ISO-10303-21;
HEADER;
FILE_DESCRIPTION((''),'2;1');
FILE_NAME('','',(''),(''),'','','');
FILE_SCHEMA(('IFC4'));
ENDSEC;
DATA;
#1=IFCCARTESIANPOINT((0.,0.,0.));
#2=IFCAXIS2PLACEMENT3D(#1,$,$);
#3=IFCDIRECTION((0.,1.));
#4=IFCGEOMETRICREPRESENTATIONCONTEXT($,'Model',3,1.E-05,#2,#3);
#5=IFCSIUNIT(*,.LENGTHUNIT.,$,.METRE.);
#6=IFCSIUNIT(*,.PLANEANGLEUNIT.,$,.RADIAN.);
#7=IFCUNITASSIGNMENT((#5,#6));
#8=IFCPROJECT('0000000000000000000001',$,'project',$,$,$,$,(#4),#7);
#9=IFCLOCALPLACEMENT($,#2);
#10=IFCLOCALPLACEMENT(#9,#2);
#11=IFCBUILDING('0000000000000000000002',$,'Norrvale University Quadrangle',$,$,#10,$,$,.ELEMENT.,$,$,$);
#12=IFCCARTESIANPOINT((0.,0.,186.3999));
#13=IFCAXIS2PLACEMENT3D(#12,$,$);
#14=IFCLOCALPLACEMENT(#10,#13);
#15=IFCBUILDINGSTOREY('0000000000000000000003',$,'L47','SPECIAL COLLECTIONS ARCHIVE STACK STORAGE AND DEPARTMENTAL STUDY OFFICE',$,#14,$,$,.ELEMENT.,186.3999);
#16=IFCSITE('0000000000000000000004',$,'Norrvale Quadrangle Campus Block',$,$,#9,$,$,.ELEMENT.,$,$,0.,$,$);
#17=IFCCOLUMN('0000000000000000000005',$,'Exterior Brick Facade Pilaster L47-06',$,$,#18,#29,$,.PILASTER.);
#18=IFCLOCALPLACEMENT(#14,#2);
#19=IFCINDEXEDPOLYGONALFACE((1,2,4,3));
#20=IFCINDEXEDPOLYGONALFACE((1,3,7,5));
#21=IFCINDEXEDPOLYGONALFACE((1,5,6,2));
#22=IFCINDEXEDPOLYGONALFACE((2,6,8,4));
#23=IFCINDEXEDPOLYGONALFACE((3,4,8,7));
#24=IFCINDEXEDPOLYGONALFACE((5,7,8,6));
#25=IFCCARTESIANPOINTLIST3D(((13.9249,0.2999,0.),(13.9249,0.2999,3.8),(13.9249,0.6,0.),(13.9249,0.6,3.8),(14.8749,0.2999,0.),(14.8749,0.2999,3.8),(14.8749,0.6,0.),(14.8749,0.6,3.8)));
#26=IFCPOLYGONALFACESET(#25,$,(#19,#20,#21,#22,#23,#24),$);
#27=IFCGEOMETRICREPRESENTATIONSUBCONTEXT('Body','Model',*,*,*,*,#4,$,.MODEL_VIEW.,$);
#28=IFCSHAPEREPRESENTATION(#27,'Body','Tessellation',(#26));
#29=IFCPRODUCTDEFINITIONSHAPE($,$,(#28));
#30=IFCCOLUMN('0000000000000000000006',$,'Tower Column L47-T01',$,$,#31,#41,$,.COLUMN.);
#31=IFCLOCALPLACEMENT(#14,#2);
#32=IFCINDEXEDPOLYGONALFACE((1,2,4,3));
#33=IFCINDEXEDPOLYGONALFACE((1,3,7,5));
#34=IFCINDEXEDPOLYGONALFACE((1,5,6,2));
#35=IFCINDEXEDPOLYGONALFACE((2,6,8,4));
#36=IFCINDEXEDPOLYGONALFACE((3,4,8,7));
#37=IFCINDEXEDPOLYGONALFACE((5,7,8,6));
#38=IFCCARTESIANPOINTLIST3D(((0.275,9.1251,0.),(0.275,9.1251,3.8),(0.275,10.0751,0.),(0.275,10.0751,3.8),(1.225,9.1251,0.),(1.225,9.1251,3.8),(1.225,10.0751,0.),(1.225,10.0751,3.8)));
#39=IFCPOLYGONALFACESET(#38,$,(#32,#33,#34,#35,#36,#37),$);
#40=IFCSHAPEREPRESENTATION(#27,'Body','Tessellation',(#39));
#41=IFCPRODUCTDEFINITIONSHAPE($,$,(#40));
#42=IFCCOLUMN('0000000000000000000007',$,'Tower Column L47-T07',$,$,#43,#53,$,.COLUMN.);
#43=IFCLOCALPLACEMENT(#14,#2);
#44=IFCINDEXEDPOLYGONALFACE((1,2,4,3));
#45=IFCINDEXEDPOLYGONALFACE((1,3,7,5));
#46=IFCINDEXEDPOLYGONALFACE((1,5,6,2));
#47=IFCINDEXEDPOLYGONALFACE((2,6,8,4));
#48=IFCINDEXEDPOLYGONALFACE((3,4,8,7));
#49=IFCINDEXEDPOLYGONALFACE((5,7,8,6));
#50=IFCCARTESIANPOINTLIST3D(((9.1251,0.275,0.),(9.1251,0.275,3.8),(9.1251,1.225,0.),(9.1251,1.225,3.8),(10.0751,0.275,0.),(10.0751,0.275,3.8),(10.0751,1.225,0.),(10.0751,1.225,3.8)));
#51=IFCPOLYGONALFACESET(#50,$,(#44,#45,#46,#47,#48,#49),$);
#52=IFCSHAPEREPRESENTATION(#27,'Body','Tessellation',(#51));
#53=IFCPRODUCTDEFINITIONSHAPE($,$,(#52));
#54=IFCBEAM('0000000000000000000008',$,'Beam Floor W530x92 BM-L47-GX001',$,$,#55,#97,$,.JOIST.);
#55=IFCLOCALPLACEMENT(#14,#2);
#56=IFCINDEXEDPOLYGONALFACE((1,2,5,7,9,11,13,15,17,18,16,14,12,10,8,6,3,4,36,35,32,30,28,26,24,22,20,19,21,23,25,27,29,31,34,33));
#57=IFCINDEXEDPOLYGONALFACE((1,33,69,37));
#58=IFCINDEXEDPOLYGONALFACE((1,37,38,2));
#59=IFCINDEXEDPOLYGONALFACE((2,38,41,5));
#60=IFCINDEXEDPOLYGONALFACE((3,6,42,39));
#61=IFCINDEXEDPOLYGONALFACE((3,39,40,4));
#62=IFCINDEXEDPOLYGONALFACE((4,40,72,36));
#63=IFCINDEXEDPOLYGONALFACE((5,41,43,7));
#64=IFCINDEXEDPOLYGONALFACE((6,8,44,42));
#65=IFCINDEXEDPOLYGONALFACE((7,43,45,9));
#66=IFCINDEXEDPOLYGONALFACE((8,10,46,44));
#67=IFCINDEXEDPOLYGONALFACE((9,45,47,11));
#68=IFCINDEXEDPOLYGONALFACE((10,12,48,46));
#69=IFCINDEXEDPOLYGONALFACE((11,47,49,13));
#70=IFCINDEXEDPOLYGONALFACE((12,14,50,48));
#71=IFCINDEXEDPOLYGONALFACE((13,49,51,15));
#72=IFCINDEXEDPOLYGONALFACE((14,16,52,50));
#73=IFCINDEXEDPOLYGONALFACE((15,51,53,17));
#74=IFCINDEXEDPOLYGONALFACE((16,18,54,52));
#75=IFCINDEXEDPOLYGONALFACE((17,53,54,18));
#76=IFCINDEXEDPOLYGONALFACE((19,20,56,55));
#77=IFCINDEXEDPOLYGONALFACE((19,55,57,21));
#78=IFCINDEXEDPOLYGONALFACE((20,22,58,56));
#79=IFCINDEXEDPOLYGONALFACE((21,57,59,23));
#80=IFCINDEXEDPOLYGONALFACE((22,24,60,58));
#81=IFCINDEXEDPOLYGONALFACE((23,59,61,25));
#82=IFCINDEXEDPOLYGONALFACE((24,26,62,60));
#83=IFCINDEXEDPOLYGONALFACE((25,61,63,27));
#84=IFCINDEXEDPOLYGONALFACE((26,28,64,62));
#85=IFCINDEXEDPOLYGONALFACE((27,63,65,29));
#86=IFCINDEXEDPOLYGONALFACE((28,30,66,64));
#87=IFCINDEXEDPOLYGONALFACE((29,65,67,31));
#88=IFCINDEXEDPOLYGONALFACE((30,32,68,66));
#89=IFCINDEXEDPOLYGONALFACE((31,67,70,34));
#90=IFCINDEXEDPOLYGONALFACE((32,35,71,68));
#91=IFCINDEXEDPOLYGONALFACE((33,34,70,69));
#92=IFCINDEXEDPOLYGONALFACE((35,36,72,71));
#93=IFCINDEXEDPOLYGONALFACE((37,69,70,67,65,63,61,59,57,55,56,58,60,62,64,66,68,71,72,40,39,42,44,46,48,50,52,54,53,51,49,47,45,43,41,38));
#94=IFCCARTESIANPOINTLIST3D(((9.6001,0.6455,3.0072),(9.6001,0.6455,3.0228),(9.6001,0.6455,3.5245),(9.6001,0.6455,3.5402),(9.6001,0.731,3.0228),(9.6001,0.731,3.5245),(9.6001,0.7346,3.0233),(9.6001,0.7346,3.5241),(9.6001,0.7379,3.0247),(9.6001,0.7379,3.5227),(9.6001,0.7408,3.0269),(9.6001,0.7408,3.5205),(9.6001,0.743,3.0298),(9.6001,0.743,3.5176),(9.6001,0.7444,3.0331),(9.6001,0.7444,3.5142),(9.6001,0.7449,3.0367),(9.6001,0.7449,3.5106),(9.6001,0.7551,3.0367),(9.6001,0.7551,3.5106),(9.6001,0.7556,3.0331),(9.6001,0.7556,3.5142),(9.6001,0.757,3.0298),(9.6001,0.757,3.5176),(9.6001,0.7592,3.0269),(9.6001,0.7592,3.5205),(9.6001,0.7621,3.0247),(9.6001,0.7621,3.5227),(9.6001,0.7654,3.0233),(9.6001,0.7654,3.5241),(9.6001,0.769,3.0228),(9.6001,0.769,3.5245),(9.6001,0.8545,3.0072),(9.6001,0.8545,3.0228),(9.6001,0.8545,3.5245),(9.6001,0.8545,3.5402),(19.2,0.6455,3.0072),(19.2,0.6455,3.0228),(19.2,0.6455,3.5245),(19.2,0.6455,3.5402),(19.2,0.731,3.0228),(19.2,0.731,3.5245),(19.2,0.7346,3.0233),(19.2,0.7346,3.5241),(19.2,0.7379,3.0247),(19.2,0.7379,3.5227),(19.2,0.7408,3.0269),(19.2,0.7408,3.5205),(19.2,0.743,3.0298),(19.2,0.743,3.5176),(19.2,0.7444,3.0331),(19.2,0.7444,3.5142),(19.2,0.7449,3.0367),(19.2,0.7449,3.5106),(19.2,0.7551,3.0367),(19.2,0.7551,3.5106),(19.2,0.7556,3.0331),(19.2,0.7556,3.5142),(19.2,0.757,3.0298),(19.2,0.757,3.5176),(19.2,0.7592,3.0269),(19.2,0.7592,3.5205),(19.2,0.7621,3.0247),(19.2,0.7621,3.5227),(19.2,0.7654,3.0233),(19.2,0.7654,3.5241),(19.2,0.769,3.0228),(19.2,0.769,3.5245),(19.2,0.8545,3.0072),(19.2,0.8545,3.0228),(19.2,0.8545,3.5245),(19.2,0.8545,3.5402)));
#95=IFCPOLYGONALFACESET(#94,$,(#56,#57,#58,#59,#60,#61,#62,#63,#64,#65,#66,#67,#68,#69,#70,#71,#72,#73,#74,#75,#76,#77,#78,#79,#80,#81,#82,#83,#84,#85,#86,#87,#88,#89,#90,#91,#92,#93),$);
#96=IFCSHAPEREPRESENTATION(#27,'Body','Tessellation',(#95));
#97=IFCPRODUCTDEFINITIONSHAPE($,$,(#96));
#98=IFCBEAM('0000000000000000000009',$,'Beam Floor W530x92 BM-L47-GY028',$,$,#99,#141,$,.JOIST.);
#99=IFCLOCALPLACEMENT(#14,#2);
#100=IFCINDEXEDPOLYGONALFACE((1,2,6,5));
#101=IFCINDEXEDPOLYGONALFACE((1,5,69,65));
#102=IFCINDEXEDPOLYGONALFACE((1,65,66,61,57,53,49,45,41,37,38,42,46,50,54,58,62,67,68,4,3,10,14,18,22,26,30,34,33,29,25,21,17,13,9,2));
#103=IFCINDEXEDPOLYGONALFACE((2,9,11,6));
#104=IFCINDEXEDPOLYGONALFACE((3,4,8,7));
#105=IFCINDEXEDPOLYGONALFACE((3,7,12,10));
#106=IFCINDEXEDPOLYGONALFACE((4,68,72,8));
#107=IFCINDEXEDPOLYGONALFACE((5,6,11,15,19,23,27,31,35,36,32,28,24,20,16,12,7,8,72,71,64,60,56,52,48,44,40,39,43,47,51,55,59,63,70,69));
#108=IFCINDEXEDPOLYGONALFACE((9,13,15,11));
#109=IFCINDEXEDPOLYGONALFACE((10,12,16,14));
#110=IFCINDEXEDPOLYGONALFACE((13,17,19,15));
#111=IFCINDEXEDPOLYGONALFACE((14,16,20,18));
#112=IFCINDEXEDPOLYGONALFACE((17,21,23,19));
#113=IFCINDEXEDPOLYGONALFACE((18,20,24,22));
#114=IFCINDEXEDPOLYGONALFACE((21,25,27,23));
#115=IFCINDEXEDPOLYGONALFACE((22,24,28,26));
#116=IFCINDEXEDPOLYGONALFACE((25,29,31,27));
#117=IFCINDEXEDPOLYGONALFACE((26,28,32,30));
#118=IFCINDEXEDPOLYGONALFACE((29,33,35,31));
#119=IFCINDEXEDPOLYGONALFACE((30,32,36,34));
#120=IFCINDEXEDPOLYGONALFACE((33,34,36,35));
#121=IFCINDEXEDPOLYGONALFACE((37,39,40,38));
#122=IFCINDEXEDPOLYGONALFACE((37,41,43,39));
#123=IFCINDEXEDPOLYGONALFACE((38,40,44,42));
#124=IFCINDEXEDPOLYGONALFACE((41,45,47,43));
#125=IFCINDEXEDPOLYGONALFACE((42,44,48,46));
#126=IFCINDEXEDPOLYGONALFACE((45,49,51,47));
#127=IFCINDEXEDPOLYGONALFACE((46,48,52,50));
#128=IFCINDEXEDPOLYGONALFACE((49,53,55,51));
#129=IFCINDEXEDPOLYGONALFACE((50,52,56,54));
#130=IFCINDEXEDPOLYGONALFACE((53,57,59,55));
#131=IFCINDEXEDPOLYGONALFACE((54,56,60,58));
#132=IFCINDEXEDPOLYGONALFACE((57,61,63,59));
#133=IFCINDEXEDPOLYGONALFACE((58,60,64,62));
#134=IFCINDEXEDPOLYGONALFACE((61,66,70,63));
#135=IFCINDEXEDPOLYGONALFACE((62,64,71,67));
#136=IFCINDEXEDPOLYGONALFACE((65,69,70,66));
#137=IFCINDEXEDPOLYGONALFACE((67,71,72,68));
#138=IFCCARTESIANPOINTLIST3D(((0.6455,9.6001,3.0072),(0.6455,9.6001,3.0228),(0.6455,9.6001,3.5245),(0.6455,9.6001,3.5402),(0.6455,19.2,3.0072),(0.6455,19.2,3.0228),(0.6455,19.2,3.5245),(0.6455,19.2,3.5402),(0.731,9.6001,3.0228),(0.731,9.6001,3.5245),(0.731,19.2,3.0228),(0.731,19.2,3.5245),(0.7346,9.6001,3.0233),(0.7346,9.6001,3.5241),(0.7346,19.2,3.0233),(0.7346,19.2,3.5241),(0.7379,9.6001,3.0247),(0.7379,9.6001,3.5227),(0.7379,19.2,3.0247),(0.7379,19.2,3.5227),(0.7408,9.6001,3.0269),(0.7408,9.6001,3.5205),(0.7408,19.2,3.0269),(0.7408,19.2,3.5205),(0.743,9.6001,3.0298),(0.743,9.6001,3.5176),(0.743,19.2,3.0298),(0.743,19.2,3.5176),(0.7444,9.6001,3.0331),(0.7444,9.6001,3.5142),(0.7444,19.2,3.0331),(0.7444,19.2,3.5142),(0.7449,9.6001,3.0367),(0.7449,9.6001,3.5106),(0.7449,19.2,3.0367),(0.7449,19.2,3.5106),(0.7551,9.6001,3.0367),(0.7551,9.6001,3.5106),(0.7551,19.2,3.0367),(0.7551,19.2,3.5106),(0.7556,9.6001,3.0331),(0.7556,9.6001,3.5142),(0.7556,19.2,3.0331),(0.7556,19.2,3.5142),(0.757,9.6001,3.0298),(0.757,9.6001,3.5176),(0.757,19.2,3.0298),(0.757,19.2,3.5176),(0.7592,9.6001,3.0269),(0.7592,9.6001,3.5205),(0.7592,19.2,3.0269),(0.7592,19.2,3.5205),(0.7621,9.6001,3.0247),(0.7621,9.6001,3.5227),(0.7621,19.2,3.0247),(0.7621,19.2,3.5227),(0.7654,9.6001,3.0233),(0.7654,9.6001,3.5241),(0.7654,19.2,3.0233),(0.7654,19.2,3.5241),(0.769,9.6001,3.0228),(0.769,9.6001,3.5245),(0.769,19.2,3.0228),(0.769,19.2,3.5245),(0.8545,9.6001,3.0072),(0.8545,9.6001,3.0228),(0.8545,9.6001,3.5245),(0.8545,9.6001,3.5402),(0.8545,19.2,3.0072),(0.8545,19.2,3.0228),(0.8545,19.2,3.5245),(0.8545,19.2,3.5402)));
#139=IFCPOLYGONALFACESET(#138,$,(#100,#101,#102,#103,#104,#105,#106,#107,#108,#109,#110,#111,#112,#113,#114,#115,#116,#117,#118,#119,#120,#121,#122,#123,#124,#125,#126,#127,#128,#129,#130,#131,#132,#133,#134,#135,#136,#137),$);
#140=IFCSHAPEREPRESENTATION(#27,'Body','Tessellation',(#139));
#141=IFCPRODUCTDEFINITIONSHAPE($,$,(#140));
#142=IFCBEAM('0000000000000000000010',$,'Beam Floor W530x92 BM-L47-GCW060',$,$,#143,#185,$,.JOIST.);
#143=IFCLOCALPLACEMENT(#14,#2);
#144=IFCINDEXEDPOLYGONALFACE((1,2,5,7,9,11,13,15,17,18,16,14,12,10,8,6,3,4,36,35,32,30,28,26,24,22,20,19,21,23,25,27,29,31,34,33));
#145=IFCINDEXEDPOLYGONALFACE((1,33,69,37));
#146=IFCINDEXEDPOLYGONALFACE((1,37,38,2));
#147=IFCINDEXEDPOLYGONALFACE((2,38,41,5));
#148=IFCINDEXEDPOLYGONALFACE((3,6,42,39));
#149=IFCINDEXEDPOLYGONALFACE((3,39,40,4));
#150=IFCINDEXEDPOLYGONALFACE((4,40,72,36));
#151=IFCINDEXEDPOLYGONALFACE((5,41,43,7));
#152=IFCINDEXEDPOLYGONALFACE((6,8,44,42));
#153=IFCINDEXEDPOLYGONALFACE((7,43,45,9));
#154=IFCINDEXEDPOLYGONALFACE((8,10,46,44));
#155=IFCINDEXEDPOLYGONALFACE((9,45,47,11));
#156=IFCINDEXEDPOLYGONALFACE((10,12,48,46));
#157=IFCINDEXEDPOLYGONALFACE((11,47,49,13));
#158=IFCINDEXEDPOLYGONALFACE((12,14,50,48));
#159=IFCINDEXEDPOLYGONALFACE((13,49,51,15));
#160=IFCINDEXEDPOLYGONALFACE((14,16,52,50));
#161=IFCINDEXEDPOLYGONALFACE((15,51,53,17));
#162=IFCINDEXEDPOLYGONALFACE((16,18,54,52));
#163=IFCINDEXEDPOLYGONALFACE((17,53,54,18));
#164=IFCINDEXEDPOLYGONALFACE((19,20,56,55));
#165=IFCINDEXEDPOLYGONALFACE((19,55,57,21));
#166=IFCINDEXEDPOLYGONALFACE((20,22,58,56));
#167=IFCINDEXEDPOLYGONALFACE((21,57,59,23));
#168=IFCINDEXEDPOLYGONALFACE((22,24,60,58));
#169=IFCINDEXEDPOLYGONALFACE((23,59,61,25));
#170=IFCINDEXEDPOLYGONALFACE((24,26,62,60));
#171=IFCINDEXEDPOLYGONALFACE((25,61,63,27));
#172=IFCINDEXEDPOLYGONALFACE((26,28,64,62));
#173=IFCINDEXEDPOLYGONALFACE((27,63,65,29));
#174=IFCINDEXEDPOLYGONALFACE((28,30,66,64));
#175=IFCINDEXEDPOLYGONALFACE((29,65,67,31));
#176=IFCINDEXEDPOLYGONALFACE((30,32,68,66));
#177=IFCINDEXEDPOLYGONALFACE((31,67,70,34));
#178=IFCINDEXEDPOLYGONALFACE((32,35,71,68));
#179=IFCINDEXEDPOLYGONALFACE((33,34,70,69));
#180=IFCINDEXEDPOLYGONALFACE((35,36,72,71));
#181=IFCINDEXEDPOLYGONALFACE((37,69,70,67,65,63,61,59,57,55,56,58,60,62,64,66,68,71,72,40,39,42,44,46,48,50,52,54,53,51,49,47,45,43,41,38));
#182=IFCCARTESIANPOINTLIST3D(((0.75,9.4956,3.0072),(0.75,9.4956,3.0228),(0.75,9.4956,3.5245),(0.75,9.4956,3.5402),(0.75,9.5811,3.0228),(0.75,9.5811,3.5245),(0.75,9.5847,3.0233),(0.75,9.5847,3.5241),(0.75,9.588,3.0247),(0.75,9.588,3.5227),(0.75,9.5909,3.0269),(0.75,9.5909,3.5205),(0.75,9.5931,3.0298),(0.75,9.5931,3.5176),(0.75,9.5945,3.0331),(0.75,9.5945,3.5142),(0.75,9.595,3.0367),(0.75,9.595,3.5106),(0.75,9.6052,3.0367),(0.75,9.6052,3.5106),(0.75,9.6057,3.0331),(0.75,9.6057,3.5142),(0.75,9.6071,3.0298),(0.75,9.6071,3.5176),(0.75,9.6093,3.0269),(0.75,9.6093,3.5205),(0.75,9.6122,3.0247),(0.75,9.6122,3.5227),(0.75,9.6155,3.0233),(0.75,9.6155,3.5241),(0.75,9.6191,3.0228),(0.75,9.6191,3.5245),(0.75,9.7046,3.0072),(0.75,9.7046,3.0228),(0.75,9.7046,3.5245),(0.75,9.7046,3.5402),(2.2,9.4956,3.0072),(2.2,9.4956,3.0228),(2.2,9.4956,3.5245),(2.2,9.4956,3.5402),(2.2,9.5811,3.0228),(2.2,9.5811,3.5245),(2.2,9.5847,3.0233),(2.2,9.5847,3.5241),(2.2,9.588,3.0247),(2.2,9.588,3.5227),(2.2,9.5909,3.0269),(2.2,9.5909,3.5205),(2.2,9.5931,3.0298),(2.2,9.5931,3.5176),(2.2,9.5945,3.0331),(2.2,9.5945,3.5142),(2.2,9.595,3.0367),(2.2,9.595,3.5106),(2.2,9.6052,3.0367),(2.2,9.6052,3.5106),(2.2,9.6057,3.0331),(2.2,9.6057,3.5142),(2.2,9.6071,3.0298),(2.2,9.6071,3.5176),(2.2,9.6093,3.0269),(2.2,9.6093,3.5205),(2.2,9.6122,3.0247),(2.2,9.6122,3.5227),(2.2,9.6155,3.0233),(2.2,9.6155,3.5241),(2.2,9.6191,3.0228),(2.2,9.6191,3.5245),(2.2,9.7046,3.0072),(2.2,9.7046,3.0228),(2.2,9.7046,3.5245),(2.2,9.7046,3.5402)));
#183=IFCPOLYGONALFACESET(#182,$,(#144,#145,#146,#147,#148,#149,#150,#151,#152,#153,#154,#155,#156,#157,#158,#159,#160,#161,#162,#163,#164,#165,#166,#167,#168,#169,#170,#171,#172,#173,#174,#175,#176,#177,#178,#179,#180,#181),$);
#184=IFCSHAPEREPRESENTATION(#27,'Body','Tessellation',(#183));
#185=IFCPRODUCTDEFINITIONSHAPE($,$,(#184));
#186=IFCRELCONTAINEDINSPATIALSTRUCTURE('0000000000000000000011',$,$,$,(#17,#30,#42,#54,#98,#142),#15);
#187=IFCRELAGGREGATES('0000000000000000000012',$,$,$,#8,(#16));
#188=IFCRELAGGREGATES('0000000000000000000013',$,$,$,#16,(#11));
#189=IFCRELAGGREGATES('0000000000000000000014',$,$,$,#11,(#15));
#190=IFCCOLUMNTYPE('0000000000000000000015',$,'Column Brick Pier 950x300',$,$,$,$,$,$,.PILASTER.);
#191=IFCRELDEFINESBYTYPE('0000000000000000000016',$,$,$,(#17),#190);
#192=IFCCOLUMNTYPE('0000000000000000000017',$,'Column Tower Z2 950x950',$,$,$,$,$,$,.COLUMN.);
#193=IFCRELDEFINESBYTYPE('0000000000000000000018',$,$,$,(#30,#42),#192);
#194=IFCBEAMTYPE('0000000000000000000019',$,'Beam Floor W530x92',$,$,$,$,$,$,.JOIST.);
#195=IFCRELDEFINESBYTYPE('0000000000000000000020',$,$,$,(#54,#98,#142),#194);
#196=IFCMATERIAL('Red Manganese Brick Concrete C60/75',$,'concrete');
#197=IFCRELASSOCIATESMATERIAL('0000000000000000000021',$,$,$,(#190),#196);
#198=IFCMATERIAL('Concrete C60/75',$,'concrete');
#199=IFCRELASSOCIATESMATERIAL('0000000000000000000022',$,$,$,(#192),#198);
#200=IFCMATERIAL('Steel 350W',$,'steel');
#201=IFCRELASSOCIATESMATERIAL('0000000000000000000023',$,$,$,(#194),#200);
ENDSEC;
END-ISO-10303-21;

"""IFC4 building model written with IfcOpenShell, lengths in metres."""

from ifc_helpers import new_model, si_unit, direction, frame, origin, origin_2d, place, context, subcontext, project, spatial, rectangle, i_section, extrude, material, material_profile, profile_set, type_object, element, save


model = new_model("IFC4")

# Units and contexts
model_context = context("Model", 3, precision=1e-05, world=origin(), true_north=direction((0.0, 1.0)))
body_context = subcontext(model_context, "Body", "Model", "MODEL_VIEW")
ifc_project = project(units=[si_unit("LENGTHUNIT", "METRE"), si_unit("PLANEANGLEUNIT", "RADIAN")], contexts=[model_context])

# Site, building, storey
site_placement = place(None, origin())
site = spatial("IfcSite", under=ifc_project, at=site_placement, Name="Norrvale Quadrangle Campus Block", CompositionType="ELEMENT", RefElevation=0.0)
building_placement = place(site_placement, origin())
building = spatial("IfcBuilding", under=site, at=building_placement, Name="Norrvale University Quadrangle", CompositionType="ELEMENT")
storey_placement = place(building_placement, frame((0.0, 0.0, 186.3999)))
storey = spatial("IfcBuildingStorey", under=building, at=storey_placement, Name="L47", Description="SPECIAL COLLECTIONS ARCHIVE STACK STORAGE AND DEPARTMENTAL STUDY OFFICE", CompositionType="ELEMENT", Elevation=186.3999)

# Columns
ifc_material_1 = material(Name="Red Manganese Brick Concrete C60/75", Category="concrete")
ifc_material_profile_1 = material_profile(ifc_material_1, rectangle(XDim=0.95, YDim=0.3, at=origin_2d()), Name="Red Manganese Brick Concrete C60/75")
ifc_profile_set_1 = profile_set([ifc_material_profile_1], Name="Red Manganese Brick Concrete C60/75")
column_type_1 = type_object("IfcColumnType", Name="Column Brick Pier 950x300", PredefinedType="PILASTER", material=ifc_profile_set_1)
column_placement = place(storey_placement, frame((14.3999, 0.45, 0.0), z_axis=(0.0, 0.0, 1.0), x_axis=(1.0, 0.0, 0.0)))
element("IfcColumn", 1, at=column_placement, inside=storey, type_object=column_type_1, Name="Exterior Brick Facade Pilaster L47-06", PredefinedType="PILASTER", context=body_context, shape_type="SweptSolid", body=[
    extrude(rectangle(XDim=0.95, YDim=0.3, at=origin_2d()), origin(), (0.0, 0.0, 1.0), 3.8),
])
ifc_material_2 = material(Name="Concrete C60/75", Category="concrete")
ifc_material_profile_2 = material_profile(ifc_material_2, rectangle(XDim=0.95, YDim=0.95, at=origin_2d()), Name="Concrete C60/75")
ifc_profile_set_2 = profile_set([ifc_material_profile_2], Name="Concrete C60/75")
column_type_2 = type_object("IfcColumnType", Name="Column Tower Z2 950x950", PredefinedType="COLUMN", material=ifc_profile_set_2)
for number, where, z_axis, x_axis, name in (
    (2, (0.75, 9.6001, 0.0), (0.0, 0.0, 1.0), (1.0, 0.0, 0.0), "Tower Column L47-T01"),
    (3, (9.6001, 0.75, 0.0), (0.0, 0.0, 1.0), (1.0, 0.0, 0.0), "Tower Column L47-T07"),
):
    element("IfcColumn", number, at=place(storey_placement, frame(where, z_axis=z_axis, x_axis=x_axis)), inside=storey, type_object=column_type_2, Name=name, PredefinedType="COLUMN", context=body_context, shape_type="SweptSolid", body=[
        extrude(rectangle(XDim=0.95, YDim=0.95, at=origin_2d()), origin(), (0.0, 0.0, 1.0), 3.8),
    ])

# Beams
ifc_material_3 = material(Name="Steel 350W", Category="steel")
ifc_material_profile_3 = material_profile(ifc_material_3, i_section(OverallWidth=0.209, OverallDepth=0.533, WebThickness=0.0103, FlangeThickness=0.0156, FilletRadius=0.0139, at=origin_2d()), Name="Steel 350W")
ifc_profile_set_3 = profile_set([ifc_material_profile_3], Name="Steel 350W")
beam_type_1 = type_object("IfcBeamType", Name="Beam Floor W530x92", PredefinedType="JOIST", material=ifc_profile_set_3)
for number, where, z_axis, x_axis, name in (
    (4, (9.6001, 0.75, 3.2737), (1.0, 0.0, 0.0), (0.0, 1.0, 0.0), "Beam Floor W530x92 BM-L47-GX001"),
    (5, (0.75, 9.6001, 3.2737), (0.0, 1.0, 0.0), (-1.0, 0.0, 0.0), "Beam Floor W530x92 BM-L47-GY028"),
):
    element("IfcBeam", number, at=place(storey_placement, frame(where, z_axis=z_axis, x_axis=x_axis)), inside=storey, type_object=beam_type_1, Name=name, PredefinedType="JOIST", context=body_context, shape_type="SweptSolid", body=[
        extrude(i_section(OverallWidth=0.209, OverallDepth=0.533, WebThickness=0.0103, FlangeThickness=0.0156, FilletRadius=0.0139, at=origin_2d()), origin(), (0.0, 0.0, 1.0), 9.5999),
    ])
beam_1_placement = place(storey_placement, frame((0.75, 9.6001, 3.2737), z_axis=(1.0, 0.0, 0.0), x_axis=(0.0, 1.0, 0.0)))
element("IfcBeam", 6, at=beam_1_placement, inside=storey, type_object=beam_type_1, Name="Beam Floor W530x92 BM-L47-GCW060", PredefinedType="JOIST", context=body_context, shape_type="SweptSolid", body=[
    extrude(i_section(OverallWidth=0.209, OverallDepth=0.533, WebThickness=0.0103, FlangeThickness=0.0156, FilletRadius=0.0139, at=origin_2d()), origin(), (0.0, 0.0, 1.0), 1.45),
])

save(model, "model.ifc")
